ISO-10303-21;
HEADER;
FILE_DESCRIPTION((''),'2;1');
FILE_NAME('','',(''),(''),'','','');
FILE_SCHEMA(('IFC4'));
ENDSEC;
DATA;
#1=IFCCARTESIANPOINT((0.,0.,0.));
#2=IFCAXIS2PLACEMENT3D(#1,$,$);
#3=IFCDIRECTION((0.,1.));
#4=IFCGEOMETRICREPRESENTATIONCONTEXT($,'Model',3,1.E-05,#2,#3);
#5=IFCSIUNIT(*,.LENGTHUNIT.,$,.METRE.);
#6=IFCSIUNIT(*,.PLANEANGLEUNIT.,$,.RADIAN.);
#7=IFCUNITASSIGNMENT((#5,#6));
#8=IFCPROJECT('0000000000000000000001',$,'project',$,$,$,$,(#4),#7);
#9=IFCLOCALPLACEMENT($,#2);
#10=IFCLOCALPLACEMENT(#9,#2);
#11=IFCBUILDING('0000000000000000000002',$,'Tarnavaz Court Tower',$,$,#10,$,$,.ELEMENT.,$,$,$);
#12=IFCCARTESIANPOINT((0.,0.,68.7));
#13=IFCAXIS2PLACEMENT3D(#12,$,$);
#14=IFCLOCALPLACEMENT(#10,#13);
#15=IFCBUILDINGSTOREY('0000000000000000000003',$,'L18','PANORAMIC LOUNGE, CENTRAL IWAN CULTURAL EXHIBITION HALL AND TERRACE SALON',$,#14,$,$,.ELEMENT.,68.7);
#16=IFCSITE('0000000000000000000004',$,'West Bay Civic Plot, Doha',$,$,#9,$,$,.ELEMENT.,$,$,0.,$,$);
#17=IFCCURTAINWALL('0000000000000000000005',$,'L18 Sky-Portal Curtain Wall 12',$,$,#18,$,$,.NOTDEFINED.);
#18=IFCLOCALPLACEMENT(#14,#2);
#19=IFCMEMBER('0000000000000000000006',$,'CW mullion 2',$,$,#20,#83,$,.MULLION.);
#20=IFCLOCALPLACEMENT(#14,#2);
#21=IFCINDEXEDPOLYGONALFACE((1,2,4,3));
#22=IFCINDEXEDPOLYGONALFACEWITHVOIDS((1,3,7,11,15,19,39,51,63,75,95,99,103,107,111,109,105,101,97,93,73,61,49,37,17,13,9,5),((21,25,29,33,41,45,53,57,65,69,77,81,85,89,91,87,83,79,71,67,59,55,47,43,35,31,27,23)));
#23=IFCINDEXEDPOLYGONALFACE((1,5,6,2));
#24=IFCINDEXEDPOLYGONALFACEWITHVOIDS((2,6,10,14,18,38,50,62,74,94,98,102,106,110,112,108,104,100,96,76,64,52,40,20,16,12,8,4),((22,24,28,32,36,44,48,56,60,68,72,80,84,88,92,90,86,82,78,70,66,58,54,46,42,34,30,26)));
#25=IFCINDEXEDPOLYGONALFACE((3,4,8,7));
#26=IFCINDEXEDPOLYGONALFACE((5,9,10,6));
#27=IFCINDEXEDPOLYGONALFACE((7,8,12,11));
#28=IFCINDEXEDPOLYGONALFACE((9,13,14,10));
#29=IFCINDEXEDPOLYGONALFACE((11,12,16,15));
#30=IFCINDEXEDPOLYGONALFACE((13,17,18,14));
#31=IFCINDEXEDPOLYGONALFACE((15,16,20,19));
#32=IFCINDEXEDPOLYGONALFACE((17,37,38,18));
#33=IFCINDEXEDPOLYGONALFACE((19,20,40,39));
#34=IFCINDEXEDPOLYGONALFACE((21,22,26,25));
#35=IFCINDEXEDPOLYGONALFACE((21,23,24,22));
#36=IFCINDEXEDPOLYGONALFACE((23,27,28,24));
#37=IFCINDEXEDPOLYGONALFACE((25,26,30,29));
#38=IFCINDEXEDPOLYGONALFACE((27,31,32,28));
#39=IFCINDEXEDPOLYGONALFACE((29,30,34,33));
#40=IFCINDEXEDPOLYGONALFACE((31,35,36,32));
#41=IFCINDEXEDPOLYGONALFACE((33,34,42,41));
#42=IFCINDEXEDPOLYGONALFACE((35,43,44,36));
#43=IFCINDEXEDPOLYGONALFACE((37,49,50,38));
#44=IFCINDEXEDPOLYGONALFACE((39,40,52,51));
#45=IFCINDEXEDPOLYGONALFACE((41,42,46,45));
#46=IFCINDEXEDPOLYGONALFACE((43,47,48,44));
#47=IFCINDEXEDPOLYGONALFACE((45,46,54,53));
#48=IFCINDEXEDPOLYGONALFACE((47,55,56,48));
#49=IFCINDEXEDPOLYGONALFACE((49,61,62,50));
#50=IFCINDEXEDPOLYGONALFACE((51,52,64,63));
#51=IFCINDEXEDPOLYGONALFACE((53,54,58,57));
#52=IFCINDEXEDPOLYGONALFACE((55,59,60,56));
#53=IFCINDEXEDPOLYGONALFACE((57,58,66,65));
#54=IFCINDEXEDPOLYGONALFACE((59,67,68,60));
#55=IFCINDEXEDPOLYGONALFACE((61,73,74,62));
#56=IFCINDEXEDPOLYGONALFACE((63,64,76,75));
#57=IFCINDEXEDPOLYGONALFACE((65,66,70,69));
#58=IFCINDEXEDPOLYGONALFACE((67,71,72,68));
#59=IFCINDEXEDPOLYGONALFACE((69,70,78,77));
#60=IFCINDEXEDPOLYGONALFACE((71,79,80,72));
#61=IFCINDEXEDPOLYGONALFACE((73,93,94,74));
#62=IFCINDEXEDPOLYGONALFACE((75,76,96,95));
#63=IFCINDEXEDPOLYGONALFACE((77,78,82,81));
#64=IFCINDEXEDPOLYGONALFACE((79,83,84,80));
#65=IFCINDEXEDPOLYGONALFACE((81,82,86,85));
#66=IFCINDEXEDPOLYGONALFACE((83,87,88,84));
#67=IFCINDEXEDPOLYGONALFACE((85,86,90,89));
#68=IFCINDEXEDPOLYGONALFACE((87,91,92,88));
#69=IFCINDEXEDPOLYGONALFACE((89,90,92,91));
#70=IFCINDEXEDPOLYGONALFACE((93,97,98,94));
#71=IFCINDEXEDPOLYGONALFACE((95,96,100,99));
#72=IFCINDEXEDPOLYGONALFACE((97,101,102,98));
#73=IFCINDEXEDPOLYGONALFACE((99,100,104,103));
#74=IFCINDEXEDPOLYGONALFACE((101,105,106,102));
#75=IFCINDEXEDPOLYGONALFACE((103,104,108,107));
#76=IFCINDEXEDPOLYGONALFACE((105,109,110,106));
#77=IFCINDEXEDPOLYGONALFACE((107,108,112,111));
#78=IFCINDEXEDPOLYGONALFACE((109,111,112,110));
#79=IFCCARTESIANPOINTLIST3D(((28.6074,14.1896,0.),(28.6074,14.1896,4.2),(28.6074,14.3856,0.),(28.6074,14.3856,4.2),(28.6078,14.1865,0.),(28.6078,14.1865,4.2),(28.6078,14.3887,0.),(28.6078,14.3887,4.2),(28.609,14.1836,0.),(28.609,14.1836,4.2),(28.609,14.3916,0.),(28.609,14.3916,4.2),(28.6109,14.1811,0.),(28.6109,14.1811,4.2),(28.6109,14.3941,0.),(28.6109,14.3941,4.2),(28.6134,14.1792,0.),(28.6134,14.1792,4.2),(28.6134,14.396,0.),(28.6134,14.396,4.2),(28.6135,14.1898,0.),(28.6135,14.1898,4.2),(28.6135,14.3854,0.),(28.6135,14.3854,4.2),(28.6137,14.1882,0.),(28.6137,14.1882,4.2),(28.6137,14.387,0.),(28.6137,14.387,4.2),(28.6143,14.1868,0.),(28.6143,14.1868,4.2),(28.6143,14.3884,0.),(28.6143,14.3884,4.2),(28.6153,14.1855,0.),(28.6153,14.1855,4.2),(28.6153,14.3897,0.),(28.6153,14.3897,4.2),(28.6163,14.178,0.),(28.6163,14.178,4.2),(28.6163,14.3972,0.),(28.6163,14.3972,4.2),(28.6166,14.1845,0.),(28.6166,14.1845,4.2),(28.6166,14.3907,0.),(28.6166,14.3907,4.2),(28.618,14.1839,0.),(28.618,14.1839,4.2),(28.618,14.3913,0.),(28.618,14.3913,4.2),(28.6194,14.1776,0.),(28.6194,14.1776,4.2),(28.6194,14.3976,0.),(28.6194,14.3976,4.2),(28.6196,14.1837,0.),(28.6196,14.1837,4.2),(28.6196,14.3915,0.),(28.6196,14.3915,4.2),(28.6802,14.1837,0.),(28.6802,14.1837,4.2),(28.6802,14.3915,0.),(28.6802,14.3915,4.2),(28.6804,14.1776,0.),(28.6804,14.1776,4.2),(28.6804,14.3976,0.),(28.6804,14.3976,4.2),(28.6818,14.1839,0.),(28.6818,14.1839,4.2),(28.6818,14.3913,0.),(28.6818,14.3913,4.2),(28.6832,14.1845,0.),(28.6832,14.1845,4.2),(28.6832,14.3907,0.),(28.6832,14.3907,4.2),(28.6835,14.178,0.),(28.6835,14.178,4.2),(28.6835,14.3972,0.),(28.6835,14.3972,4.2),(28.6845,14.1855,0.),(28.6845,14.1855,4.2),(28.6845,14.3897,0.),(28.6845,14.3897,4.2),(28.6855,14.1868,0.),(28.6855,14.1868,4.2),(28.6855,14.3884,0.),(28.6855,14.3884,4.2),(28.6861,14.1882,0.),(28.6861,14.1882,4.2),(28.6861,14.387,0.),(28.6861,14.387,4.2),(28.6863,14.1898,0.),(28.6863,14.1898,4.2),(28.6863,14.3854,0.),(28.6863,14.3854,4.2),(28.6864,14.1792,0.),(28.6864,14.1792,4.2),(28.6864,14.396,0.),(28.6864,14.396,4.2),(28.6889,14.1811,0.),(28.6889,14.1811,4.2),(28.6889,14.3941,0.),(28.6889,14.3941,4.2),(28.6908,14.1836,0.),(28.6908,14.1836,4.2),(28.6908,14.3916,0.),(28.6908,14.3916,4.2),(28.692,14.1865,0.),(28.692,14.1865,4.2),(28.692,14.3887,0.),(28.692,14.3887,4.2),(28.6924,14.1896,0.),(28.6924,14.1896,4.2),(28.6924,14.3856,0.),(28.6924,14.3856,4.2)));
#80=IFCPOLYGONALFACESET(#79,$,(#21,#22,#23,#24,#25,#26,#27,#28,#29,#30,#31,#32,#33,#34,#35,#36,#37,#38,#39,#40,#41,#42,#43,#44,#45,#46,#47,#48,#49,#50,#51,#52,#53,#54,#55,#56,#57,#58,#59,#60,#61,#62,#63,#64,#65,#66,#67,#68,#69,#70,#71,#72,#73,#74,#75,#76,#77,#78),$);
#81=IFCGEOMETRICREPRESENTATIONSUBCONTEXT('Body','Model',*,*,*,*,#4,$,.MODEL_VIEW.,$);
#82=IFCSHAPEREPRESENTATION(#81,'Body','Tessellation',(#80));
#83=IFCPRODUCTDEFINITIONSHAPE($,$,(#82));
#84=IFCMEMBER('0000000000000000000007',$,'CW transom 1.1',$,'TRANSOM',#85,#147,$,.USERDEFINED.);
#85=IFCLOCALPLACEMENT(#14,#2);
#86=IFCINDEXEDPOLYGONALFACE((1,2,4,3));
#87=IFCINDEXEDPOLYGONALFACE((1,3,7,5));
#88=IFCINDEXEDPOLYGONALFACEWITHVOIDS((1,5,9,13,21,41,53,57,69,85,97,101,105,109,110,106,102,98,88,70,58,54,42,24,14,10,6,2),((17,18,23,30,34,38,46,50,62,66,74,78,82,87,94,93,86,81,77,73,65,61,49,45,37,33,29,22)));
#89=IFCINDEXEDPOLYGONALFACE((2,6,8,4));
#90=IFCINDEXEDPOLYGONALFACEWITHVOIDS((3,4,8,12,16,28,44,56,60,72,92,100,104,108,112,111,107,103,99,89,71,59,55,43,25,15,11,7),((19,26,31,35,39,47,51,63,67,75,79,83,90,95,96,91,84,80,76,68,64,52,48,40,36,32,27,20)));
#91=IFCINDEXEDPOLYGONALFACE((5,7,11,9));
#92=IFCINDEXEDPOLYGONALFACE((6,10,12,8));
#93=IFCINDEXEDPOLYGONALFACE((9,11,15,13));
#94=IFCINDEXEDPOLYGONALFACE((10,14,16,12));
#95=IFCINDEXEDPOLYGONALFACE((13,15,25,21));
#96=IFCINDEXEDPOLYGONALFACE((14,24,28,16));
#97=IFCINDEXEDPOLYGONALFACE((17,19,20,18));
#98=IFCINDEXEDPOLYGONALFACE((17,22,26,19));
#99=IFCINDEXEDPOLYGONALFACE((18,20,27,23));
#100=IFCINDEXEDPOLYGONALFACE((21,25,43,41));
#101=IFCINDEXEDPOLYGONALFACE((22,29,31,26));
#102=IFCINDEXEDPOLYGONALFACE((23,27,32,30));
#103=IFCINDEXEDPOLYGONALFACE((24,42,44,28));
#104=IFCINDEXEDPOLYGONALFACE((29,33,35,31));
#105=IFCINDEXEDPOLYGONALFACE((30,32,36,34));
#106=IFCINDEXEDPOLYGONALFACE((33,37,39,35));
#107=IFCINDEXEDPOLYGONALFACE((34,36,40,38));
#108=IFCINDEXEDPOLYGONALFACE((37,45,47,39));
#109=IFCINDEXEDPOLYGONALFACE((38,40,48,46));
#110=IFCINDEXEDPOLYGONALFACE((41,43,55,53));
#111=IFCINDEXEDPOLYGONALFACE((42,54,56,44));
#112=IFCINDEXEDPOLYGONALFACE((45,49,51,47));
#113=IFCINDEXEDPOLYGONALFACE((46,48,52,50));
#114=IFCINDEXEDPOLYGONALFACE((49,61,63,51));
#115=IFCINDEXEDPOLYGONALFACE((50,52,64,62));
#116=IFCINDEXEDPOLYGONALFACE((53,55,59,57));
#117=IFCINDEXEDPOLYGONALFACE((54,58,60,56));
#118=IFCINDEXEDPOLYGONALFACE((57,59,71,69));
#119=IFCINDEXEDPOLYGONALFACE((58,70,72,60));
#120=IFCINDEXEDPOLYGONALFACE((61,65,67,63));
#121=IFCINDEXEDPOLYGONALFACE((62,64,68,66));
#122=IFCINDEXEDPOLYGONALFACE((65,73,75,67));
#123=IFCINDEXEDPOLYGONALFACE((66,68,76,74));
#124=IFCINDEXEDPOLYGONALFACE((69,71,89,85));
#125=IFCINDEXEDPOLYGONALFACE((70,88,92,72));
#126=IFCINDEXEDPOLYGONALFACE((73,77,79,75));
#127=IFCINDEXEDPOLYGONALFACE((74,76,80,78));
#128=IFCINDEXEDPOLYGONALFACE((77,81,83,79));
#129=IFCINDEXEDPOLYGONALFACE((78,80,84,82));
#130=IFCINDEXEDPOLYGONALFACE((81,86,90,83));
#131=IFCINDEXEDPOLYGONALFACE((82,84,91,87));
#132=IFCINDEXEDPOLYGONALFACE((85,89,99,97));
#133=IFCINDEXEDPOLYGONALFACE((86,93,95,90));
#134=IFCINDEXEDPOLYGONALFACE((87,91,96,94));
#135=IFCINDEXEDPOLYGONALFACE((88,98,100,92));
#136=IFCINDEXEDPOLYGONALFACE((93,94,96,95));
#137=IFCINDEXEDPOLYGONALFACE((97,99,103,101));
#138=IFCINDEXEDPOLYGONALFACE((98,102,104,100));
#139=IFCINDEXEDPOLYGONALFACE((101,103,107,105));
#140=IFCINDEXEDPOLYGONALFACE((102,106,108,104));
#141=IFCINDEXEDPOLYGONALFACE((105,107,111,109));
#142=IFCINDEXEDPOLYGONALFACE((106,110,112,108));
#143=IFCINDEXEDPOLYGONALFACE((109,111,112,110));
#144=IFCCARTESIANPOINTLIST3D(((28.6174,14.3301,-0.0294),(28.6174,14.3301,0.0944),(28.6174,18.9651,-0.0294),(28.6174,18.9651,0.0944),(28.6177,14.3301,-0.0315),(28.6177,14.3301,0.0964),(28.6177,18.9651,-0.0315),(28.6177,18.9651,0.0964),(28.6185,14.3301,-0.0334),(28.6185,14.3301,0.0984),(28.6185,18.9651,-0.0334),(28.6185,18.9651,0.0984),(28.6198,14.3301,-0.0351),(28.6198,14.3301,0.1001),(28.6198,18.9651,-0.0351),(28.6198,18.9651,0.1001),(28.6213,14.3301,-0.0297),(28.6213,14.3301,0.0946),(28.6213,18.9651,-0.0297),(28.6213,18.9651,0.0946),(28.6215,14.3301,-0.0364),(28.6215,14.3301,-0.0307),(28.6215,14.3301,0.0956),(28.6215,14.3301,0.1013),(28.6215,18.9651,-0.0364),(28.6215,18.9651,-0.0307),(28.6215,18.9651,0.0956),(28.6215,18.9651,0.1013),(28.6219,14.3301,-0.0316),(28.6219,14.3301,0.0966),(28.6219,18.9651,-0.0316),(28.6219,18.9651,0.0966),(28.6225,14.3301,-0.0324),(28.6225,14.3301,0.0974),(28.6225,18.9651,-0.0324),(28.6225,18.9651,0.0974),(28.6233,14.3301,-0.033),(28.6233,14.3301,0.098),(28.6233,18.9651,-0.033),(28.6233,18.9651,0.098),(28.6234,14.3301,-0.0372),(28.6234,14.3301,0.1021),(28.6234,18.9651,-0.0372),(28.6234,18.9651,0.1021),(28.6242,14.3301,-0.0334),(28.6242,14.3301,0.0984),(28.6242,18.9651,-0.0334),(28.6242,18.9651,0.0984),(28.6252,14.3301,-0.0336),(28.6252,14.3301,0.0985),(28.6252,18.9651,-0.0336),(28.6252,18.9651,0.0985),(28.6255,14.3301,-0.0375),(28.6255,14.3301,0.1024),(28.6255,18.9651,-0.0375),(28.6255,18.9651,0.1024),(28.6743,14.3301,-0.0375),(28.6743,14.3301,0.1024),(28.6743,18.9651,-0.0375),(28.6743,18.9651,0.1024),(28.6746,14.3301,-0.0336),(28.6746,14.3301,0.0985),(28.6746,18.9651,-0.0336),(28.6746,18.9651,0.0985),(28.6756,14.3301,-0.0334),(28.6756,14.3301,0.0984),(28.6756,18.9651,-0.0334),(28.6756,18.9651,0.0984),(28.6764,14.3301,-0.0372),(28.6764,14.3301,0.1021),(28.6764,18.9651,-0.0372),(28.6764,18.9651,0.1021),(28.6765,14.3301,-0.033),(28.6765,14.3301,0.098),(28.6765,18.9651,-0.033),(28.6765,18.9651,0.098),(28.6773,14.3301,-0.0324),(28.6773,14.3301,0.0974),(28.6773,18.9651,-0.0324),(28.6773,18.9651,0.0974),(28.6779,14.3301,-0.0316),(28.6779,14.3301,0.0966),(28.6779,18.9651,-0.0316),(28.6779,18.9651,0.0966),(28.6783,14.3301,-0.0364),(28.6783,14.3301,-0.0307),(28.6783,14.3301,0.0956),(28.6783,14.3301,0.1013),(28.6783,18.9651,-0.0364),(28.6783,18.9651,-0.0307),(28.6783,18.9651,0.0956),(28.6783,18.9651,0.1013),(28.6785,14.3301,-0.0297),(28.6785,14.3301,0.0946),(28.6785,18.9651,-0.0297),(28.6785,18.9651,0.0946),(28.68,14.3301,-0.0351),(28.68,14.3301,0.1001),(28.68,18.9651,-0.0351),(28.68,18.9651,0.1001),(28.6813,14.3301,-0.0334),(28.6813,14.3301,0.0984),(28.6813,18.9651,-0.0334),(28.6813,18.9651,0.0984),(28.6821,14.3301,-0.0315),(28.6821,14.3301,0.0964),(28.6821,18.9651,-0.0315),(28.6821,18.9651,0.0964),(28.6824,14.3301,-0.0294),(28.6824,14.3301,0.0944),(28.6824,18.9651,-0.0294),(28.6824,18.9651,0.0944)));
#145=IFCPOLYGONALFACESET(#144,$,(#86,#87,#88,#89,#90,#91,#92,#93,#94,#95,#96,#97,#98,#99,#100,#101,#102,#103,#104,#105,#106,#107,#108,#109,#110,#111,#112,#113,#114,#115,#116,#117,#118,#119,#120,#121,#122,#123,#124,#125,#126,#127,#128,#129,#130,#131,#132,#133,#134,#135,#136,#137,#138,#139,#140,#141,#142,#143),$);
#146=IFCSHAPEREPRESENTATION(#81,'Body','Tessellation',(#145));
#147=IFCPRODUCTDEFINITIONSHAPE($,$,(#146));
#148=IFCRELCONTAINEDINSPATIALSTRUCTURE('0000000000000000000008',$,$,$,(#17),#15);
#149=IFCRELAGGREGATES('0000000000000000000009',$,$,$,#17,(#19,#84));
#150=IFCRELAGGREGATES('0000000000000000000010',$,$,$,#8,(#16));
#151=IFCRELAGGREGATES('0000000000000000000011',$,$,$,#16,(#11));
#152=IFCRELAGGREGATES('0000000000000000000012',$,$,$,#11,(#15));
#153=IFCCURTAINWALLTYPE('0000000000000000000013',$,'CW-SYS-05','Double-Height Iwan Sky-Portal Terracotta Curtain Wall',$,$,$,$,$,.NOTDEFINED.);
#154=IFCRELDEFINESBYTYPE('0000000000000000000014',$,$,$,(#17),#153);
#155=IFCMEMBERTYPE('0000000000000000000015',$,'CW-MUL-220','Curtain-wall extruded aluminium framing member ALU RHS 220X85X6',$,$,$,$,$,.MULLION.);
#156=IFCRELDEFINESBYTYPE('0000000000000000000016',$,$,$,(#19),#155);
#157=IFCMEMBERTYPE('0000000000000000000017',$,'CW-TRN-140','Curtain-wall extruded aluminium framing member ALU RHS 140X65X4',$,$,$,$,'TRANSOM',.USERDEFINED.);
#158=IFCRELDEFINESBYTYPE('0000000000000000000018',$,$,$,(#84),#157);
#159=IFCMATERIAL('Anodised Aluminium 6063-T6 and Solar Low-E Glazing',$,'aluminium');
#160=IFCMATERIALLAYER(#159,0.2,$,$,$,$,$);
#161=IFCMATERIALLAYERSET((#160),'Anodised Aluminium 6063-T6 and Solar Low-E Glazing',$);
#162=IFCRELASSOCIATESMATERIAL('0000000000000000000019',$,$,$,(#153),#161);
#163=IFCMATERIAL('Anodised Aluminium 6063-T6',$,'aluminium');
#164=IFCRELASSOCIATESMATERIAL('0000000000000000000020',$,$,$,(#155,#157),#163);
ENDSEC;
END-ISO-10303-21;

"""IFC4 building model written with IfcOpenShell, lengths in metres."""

from ifc_helpers import new_model, si_unit, direction, frame, origin, origin_2d, place, context, subcontext, project, spatial, hollow_rectangle, extrude, material, layer, layer_set, material_profile, profile_set, type_object, element, aggregate, save


model = new_model("IFC4")

# Units and contexts
model_context = context("Model", 3, precision=1e-05, world=origin(), true_north=direction((0.0, 1.0)))
body_context = subcontext(model_context, "Body", "Model", "MODEL_VIEW")
ifc_project = project(units=[si_unit("LENGTHUNIT", "METRE"), si_unit("PLANEANGLEUNIT", "RADIAN")], contexts=[model_context])

# Site, building, storey
site_placement = place(None, origin())
site = spatial("IfcSite", under=ifc_project, at=site_placement, Name="West Bay Civic Plot, Doha", CompositionType="ELEMENT", RefElevation=0.0)
building_placement = place(site_placement, origin())
building = spatial("IfcBuilding", under=site, at=building_placement, Name="Tarnavaz Court Tower", CompositionType="ELEMENT")
storey_placement = place(building_placement, frame((0.0, 0.0, 68.7)))
storey = spatial("IfcBuildingStorey", under=building, at=storey_placement, Name="L18", Description="PANORAMIC LOUNGE, CENTRAL IWAN CULTURAL EXHIBITION HALL AND TERRACE SALON", CompositionType="ELEMENT", Elevation=68.7)

# Curtain wall, members
ifc_material_1 = material(Name="Anodised Aluminium 6063-T6 and Solar Low-E Glazing", Category="aluminium")
ifc_layer_1 = layer(ifc_material_1, 0.2)
ifc_layer_set_1 = layer_set([ifc_layer_1], Name="Anodised Aluminium 6063-T6 and Solar Low-E Glazing")
curtain_wall_type = type_object("IfcCurtainWallType", Name="CW-SYS-05", Description="Double-Height Iwan Sky-Portal Terracotta Curtain Wall", PredefinedType="NOTDEFINED", material=ifc_layer_set_1)
curtain_wall_placement = place(storey_placement, origin())
curtain_wall = element("IfcCurtainWall", 1, at=curtain_wall_placement, inside=storey, type_object=curtain_wall_type, Name="L18 Sky-Portal Curtain Wall 12", PredefinedType="NOTDEFINED")
ifc_material_2 = material(Name="Anodised Aluminium 6063-T6", Category="aluminium")
ifc_material_profile_1 = material_profile(ifc_material_2, hollow_rectangle(XDim=0.085, YDim=0.22, WallThickness=0.0061, InnerFilletRadius=0.0061, OuterFilletRadius=0.012, at=origin_2d()), Name="ALU RHS 220X85X6")
ifc_profile_set_1 = profile_set([ifc_material_profile_1], Name="Anodised Aluminium 6063-T6")
member_type_1 = type_object("IfcMemberType", Name="CW-MUL-220", Description="Curtain-wall extruded aluminium framing member ALU RHS 220X85X6", PredefinedType="MULLION", material=ifc_profile_set_1)
member_1_placement = place(storey_placement, frame((28.6499, 14.2876, 0.0), z_axis=(0.0, 0.0, 1.0), x_axis=(1.0, 0.0, 0.0)))
member_1 = element("IfcMember", 2, at=member_1_placement, type_object=member_type_1, Name="CW mullion 2", PredefinedType="MULLION", context=body_context, shape_type="SweptSolid", body=[
    extrude(hollow_rectangle(XDim=0.085, YDim=0.22, WallThickness=0.0061, InnerFilletRadius=0.0061, OuterFilletRadius=0.012, at=origin_2d()), origin(), (0.0, 0.0, 1.0), 4.2),
])
ifc_material_profile_2 = material_profile(ifc_material_2, hollow_rectangle(XDim=0.0649, YDim=0.1399, WallThickness=0.0039, InnerFilletRadius=0.0039, OuterFilletRadius=0.0081, at=origin_2d()), Name="ALU RHS 140X65X4")
ifc_profile_set_2 = profile_set([ifc_material_profile_2], Name="Anodised Aluminium 6063-T6")
member_type_2 = type_object("IfcMemberType", Name="CW-TRN-140", Description="Curtain-wall extruded aluminium framing member ALU RHS 140X65X4", ElementType="TRANSOM", PredefinedType="USERDEFINED", material=ifc_profile_set_2)
member_2_placement = place(storey_placement, frame((28.6499, 18.9651, 0.0325), z_axis=(0.0, -1.0, 0.0), x_axis=(1.0, 0.0, 0.0)))
member_2 = element("IfcMember", 3, at=member_2_placement, type_object=member_type_2, Name="CW transom 1.1", ObjectType="TRANSOM", PredefinedType="USERDEFINED", context=body_context, shape_type="SweptSolid", body=[
    extrude(hollow_rectangle(XDim=0.0649, YDim=0.1399, WallThickness=0.0039, InnerFilletRadius=0.0039, OuterFilletRadius=0.0081, at=origin_2d()), origin(), (0.0, 0.0, 1.0), 4.635),
])
aggregate(curtain_wall, [member_1, member_2])

save(model, "model.ifc")
